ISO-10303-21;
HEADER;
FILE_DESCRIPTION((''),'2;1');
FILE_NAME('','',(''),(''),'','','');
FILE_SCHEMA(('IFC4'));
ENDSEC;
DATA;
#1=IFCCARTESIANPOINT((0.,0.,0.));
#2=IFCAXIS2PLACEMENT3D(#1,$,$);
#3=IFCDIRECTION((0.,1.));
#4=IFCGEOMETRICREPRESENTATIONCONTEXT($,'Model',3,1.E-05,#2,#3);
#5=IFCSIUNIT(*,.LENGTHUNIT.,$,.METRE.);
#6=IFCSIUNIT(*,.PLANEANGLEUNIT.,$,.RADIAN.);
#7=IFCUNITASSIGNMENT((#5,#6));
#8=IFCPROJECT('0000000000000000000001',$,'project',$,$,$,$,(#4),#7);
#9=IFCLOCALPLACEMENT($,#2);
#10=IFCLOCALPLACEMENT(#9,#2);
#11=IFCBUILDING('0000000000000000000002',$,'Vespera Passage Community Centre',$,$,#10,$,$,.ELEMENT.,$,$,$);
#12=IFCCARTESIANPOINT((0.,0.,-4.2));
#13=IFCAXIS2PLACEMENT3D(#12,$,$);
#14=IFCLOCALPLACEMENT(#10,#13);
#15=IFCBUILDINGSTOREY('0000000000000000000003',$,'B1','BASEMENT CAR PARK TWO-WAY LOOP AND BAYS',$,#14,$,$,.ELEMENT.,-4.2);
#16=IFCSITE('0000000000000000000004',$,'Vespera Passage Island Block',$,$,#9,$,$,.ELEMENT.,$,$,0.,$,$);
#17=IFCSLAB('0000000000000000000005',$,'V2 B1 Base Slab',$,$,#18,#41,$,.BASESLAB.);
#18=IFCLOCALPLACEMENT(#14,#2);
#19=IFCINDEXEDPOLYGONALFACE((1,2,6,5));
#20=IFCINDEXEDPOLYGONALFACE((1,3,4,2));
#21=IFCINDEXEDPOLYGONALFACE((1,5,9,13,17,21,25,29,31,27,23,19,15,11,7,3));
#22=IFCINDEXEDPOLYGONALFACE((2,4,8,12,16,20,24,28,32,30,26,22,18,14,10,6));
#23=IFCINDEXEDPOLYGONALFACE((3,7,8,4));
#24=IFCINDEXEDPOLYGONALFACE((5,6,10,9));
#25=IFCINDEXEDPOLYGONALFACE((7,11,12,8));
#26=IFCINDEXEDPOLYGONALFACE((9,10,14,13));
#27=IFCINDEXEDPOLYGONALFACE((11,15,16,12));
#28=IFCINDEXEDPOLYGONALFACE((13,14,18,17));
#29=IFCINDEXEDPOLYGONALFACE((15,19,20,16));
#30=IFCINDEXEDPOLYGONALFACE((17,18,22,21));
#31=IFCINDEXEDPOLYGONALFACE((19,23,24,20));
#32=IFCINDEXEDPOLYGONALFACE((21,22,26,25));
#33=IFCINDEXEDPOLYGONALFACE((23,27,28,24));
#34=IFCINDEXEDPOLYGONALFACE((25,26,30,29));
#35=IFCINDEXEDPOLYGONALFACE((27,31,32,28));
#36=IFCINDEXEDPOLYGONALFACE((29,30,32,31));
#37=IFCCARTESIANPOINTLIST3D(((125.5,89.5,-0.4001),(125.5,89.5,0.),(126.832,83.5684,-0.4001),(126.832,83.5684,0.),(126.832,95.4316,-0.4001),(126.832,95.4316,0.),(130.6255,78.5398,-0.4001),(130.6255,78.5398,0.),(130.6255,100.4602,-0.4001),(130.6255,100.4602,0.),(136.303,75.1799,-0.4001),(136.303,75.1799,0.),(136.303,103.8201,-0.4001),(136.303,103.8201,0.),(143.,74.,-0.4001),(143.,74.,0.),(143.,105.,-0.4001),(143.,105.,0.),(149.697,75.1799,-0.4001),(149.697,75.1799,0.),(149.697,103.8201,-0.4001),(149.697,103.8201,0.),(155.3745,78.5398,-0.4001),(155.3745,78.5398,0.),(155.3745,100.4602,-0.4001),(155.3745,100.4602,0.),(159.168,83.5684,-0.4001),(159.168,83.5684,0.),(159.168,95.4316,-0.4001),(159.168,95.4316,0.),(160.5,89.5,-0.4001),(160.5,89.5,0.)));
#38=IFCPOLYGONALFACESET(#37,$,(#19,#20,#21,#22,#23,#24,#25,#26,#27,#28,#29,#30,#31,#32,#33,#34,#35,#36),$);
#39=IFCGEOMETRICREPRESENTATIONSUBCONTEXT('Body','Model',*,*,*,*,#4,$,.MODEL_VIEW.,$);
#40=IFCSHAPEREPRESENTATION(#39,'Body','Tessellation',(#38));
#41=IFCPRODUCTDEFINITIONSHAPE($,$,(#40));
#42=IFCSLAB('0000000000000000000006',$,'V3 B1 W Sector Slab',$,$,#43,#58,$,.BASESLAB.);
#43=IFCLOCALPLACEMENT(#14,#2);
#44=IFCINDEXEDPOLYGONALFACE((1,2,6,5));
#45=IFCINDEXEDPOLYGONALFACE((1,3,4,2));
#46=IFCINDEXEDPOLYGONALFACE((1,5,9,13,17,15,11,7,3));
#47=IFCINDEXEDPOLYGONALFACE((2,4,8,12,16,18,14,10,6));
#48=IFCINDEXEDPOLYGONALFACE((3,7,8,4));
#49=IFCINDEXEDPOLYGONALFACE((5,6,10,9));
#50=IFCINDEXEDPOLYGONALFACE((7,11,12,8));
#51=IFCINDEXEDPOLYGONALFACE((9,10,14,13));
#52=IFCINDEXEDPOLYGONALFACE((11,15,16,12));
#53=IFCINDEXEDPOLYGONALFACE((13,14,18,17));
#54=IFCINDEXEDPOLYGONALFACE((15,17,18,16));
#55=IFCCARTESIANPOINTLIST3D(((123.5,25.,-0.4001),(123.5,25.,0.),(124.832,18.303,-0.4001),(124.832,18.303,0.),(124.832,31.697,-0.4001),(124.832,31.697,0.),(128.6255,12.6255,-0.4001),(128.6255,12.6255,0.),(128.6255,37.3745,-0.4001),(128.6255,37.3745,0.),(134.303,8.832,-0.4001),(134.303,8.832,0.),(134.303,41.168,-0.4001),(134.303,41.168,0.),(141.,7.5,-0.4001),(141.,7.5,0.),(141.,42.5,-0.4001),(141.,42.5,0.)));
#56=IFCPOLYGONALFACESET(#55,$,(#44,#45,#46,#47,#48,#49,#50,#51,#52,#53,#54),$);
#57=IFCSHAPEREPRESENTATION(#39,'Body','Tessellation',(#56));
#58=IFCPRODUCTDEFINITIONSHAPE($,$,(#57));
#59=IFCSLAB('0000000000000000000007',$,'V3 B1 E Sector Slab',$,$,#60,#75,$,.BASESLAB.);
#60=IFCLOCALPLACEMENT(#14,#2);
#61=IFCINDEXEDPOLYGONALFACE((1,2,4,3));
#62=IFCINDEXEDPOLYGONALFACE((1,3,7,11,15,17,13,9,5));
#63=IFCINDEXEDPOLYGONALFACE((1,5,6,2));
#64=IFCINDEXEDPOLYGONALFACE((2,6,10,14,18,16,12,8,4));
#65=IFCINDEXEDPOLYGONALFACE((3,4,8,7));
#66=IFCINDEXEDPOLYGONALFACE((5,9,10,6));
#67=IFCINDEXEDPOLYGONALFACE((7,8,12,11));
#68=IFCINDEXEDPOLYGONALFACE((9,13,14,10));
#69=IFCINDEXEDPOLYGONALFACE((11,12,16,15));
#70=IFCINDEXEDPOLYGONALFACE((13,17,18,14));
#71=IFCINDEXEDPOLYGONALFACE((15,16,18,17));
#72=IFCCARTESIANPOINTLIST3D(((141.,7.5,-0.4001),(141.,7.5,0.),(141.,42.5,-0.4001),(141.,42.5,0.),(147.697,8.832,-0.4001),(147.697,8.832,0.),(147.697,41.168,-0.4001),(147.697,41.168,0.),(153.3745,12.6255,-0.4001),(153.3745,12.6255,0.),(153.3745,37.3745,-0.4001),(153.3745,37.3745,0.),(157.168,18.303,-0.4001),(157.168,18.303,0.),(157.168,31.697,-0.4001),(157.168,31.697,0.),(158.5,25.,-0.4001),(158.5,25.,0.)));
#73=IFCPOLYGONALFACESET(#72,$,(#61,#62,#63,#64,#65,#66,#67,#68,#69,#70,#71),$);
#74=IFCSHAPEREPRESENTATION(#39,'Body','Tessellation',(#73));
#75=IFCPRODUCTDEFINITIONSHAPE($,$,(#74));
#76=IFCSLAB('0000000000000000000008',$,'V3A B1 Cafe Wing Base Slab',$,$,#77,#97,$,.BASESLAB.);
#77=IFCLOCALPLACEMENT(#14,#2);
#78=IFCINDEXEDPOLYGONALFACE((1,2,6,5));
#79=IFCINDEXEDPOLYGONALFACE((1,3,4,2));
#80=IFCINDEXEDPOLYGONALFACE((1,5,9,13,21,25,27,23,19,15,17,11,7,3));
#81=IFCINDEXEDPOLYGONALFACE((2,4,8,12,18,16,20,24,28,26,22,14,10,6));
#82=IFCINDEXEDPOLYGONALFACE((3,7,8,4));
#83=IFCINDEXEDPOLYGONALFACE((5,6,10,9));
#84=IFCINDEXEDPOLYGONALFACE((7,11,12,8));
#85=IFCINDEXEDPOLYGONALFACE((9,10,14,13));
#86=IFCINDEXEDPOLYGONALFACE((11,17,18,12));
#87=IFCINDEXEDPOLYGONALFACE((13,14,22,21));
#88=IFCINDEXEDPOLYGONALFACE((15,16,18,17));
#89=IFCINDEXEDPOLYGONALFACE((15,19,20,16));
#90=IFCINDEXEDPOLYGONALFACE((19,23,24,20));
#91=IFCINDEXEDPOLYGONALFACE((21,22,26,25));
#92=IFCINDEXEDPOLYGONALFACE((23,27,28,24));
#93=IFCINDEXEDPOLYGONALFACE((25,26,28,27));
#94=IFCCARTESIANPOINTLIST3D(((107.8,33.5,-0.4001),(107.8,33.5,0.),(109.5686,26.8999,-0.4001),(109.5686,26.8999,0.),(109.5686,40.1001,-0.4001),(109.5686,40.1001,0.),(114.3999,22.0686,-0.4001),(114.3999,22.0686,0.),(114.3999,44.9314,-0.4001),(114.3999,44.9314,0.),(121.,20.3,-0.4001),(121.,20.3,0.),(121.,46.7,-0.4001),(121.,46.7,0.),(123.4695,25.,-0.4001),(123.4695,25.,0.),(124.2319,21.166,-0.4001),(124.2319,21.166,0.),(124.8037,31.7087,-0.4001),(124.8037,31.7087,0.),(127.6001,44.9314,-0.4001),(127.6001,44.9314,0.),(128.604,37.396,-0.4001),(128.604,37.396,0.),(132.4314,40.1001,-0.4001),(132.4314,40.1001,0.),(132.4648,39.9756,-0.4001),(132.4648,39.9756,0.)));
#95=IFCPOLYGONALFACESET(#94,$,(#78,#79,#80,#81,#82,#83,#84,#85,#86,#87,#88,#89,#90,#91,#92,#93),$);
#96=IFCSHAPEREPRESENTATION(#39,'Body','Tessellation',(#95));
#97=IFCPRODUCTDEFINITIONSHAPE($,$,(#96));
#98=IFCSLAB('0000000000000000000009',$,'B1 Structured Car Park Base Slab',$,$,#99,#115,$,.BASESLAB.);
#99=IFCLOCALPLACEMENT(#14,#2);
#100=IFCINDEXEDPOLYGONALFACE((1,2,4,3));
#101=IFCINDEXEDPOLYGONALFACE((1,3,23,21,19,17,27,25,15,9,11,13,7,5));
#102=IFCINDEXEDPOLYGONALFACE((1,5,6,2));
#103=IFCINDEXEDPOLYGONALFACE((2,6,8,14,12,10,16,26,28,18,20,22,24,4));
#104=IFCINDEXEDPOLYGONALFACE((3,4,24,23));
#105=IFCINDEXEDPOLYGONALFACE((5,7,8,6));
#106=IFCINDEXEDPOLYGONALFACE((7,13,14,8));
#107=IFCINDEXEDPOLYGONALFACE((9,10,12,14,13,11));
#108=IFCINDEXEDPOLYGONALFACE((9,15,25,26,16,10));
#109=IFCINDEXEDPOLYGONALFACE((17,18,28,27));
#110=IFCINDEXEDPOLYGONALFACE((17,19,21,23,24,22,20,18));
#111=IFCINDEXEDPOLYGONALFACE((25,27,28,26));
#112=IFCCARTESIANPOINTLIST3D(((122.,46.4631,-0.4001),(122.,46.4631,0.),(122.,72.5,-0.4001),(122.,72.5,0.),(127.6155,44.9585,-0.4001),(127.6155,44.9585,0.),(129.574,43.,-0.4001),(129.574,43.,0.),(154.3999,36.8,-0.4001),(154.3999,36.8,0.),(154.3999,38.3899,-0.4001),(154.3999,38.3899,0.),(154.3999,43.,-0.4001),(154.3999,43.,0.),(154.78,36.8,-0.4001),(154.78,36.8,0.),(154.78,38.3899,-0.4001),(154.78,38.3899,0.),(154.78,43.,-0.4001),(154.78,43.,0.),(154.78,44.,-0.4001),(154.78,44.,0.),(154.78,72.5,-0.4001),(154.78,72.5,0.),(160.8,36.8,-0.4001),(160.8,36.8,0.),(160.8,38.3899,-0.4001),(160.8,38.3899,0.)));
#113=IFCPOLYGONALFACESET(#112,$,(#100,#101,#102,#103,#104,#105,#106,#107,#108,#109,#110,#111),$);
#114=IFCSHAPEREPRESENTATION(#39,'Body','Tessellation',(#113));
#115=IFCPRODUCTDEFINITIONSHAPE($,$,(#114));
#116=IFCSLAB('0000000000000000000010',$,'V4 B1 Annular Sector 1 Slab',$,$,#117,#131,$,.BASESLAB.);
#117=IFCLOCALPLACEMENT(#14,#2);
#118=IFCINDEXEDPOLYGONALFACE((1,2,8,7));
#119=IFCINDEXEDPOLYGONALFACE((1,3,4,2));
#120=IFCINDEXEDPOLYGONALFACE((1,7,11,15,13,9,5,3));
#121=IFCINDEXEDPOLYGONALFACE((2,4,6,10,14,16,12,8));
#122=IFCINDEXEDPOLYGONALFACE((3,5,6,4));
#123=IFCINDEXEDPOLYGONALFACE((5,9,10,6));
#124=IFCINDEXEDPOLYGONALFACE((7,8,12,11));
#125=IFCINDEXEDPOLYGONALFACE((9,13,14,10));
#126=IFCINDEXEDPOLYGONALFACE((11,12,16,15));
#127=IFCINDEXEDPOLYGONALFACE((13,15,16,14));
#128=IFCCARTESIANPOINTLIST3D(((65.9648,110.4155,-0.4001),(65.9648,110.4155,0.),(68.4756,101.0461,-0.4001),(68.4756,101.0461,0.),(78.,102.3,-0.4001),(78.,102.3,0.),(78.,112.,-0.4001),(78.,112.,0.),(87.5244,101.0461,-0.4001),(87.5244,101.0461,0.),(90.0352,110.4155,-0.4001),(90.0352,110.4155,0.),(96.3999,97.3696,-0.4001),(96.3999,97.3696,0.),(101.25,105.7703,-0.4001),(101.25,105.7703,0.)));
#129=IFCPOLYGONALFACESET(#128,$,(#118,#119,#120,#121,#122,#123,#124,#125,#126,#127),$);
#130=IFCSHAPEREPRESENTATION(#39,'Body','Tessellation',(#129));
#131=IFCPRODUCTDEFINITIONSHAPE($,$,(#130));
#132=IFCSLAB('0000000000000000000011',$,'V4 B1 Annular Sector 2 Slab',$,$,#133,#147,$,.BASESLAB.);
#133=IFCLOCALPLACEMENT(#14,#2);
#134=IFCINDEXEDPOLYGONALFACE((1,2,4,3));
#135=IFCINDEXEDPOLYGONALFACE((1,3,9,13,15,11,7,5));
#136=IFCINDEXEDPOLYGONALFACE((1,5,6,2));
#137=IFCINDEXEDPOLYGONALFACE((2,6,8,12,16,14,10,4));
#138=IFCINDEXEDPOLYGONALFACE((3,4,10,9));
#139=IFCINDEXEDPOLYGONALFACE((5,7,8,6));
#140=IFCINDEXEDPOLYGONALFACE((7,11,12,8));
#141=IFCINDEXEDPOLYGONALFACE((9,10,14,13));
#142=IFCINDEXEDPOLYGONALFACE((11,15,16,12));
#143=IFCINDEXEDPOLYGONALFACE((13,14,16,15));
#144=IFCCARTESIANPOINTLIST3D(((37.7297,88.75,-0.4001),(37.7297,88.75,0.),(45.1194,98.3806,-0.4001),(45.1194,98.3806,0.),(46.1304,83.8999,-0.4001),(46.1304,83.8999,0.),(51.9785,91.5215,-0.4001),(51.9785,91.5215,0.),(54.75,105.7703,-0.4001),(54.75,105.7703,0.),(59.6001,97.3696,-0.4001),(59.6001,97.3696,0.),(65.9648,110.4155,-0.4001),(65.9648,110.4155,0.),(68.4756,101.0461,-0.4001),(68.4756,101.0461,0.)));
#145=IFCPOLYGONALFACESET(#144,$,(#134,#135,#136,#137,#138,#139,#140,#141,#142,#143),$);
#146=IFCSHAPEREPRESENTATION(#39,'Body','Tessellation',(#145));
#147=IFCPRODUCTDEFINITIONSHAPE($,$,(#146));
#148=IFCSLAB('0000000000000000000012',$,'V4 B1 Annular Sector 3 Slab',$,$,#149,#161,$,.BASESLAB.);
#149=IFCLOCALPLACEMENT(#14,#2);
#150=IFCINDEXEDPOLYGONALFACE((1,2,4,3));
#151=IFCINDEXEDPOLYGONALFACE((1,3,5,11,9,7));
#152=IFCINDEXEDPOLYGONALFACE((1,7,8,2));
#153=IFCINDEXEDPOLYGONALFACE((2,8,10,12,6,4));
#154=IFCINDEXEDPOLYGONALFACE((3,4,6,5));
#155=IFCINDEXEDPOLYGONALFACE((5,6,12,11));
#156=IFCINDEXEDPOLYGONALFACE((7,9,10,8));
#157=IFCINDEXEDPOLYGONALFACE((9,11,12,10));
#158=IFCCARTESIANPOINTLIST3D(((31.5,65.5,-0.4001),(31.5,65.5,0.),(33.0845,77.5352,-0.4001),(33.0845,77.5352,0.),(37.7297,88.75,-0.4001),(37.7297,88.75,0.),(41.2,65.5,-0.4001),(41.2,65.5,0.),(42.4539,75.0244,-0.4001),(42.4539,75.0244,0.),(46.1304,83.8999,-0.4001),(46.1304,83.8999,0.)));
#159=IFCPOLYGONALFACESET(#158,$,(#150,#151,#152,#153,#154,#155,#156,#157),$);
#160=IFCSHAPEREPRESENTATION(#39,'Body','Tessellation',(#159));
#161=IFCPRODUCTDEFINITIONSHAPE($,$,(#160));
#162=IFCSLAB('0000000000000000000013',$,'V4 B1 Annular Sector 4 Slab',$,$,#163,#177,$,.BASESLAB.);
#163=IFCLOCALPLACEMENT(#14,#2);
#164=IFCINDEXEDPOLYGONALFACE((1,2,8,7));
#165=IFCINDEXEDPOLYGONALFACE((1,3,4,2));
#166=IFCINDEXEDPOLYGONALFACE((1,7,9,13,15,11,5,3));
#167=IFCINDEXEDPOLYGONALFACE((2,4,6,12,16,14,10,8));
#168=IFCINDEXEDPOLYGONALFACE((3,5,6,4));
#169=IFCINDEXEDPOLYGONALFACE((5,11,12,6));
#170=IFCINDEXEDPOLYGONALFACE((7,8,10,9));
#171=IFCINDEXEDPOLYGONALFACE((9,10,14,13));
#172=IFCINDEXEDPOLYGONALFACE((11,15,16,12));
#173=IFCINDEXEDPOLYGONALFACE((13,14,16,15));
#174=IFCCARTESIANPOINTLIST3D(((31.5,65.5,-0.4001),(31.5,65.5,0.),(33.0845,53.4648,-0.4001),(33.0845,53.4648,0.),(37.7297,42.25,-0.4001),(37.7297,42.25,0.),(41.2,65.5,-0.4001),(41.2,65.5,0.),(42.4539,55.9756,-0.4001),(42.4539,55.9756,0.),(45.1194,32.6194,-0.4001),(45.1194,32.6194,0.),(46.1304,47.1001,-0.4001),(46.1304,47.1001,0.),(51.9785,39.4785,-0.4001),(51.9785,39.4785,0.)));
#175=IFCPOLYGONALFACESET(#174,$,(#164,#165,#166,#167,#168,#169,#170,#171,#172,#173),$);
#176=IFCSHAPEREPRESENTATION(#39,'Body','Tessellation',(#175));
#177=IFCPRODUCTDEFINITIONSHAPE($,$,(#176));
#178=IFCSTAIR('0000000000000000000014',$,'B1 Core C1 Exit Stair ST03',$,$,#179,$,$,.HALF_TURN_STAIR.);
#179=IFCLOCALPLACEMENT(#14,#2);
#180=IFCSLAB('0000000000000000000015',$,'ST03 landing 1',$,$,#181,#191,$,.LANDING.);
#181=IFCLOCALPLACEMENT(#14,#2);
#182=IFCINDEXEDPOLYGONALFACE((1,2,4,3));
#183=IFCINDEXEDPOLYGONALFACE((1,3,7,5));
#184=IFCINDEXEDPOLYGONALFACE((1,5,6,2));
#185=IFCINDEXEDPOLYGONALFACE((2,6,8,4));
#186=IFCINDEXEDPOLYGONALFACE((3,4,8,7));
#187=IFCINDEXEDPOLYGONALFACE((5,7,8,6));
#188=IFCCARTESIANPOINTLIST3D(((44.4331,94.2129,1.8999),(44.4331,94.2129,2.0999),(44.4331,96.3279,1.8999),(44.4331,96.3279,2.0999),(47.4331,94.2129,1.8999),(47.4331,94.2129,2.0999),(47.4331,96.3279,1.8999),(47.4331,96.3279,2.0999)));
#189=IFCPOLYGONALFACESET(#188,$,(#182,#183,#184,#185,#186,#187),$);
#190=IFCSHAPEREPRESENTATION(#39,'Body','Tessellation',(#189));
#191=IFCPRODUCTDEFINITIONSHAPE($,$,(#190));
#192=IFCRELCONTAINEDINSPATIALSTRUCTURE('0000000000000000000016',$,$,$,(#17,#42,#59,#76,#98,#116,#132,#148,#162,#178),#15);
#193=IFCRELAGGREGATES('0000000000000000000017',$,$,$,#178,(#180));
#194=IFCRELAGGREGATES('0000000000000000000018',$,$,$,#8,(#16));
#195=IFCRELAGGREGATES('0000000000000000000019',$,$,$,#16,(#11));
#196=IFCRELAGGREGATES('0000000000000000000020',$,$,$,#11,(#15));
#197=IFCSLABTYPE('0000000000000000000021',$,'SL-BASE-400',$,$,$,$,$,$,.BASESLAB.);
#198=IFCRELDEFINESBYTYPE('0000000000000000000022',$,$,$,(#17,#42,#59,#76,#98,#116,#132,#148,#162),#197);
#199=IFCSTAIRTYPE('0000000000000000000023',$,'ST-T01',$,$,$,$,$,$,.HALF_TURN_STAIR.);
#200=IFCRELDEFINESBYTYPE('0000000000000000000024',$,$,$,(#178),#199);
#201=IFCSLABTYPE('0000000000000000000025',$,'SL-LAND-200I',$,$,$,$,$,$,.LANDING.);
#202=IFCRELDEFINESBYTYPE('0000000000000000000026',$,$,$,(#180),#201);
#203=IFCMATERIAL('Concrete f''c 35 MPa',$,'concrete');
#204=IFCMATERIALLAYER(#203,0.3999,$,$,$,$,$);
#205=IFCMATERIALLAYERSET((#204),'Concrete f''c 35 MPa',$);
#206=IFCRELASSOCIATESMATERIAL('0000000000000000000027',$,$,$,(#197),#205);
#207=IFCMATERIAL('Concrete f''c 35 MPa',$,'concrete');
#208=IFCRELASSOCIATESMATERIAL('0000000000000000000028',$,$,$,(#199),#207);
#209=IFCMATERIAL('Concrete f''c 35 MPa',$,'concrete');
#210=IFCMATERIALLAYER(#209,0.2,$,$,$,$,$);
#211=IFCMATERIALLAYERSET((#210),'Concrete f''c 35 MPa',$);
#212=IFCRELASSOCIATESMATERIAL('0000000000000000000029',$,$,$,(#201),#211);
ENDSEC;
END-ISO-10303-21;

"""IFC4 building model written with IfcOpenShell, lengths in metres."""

from ifc_helpers import new_model, si_unit, direction, frame, origin, place, context, subcontext, project, spatial, polyline, outline, extrude, material, layer, layer_set, type_object, element, aggregate, save


model = new_model("IFC4")

# Units and contexts
model_context = context("Model", 3, precision=1e-05, world=origin(), true_north=direction((0.0, 1.0)))
body_context = subcontext(model_context, "Body", "Model", "MODEL_VIEW")
ifc_project = project(units=[si_unit("LENGTHUNIT", "METRE"), si_unit("PLANEANGLEUNIT", "RADIAN")], contexts=[model_context])

# Site, building, storey
site_placement = place(None, origin())
site = spatial("IfcSite", under=ifc_project, at=site_placement, Name="Vespera Passage Island Block", CompositionType="ELEMENT", RefElevation=0.0)
building_placement = place(site_placement, origin())
building = spatial("IfcBuilding", under=site, at=building_placement, Name="Vespera Passage Community Centre", CompositionType="ELEMENT")
storey_placement = place(building_placement, frame((0.0, 0.0, -4.2)))
storey = spatial("IfcBuildingStorey", under=building, at=storey_placement, Name="B1", Description="BASEMENT CAR PARK TWO-WAY LOOP AND BAYS", CompositionType="ELEMENT", Elevation=-4.2)

# Slabs
ifc_material_1 = material(Name="Concrete f'c 35 MPa", Category="concrete")
ifc_layer_1 = layer(ifc_material_1, 0.3999)
ifc_layer_set_1 = layer_set([ifc_layer_1], Name="Concrete f'c 35 MPa")
slab_type_1 = type_object("IfcSlabType", Name="SL-BASE-400", PredefinedType="BASESLAB", material=ifc_layer_set_1)
slab_1_placement = place(storey_placement, frame((0.0, 0.0, -0.4001)))
element("IfcSlab", 1, at=slab_1_placement, inside=storey, type_object=slab_type_1, Name="V2 B1 Base Slab", PredefinedType="BASESLAB", context=body_context, shape_type="SweptSolid", body=[
    extrude(outline(polyline([(160.5, 89.5), (159.168, 95.4316), (155.3745, 100.4602), (149.697, 103.8201), (143.0, 105.0), (136.303, 103.8201), (130.6255, 100.4602), (126.832, 95.4316), (125.5, 89.5), (126.832, 83.5684), (130.6255, 78.5398), (136.303, 75.1799), (143.0, 74.0), (149.697, 75.1799), (155.3745, 78.5398), (159.168, 83.5684), (160.5, 89.5)])), origin(), (0.0, 0.0, 1.0), 0.4001),
])
slab_2_placement = place(storey_placement, frame((0.0, 0.0, -0.4001)))
element("IfcSlab", 2, at=slab_2_placement, inside=storey, type_object=slab_type_1, Name="V3 B1 W Sector Slab", PredefinedType="BASESLAB", context=body_context, shape_type="SweptSolid", body=[
    extrude(outline(polyline([(134.303, 8.832), (128.6255, 12.6255), (124.832, 18.303), (123.5, 25.0), (124.832, 31.697), (128.6255, 37.3745), (134.303, 41.168), (141.0, 42.5), (141.0, 7.5), (134.303, 8.832)])), origin(), (0.0, 0.0, 1.0), 0.4001),
])
slab_3_placement = place(storey_placement, frame((0.0, 0.0, -0.4001)))
element("IfcSlab", 3, at=slab_3_placement, inside=storey, type_object=slab_type_1, Name="V3 B1 E Sector Slab", PredefinedType="BASESLAB", context=body_context, shape_type="SweptSolid", body=[
    extrude(outline(polyline([(147.697, 41.168), (153.3745, 37.3745), (157.168, 31.697), (158.5, 25.0), (157.168, 18.303), (153.3745, 12.6255), (147.697, 8.832), (141.0, 7.5), (141.0, 42.5), (147.697, 41.168)])), origin(), (0.0, 0.0, 1.0), 0.4001),
])
slab_4_placement = place(storey_placement, frame((0.0, 0.0, -0.4001)))
element("IfcSlab", 4, at=slab_4_placement, inside=storey, type_object=slab_type_1, Name="V3A B1 Cafe Wing Base Slab", PredefinedType="BASESLAB", context=body_context, shape_type="SweptSolid", body=[
    extrude(outline(polyline([(121.0, 20.3), (114.3999, 22.0686), (109.5686, 26.8999), (107.8, 33.5), (109.5686, 40.1001), (114.3999, 44.9314), (121.0, 46.7), (127.6001, 44.9314), (132.4314, 40.1001), (132.4648, 39.9756), (128.604, 37.396), (124.8037, 31.7087), (123.4695, 25.0), (124.2319, 21.166), (121.0, 20.3)])), origin(), (0.0, 0.0, 1.0), 0.4001),
])
slab_5_placement = place(storey_placement, frame((0.0, 0.0, -0.4001)))
element("IfcSlab", 5, at=slab_5_placement, inside=storey, type_object=slab_type_1, Name="B1 Structured Car Park Base Slab", PredefinedType="BASESLAB", context=body_context, shape_type="SweptSolid", body=[
    extrude(outline(polyline([(154.3999, 36.8), (154.3999, 38.3899), (154.3999, 43.0), (129.574, 43.0), (127.6155, 44.9585), (122.0, 46.4631), (122.0, 72.5), (154.78, 72.5), (154.78, 44.0), (154.78, 43.0), (154.78, 38.3899), (160.8, 38.3899), (160.8, 36.8), (154.78, 36.8), (154.3999, 36.8)])), origin(), (0.0, 0.0, 1.0), 0.4001),
])
slab_6_placement = place(storey_placement, frame((0.0, 0.0, -0.4001)))
element("IfcSlab", 6, at=slab_6_placement, inside=storey, type_object=slab_type_1, Name="V4 B1 Annular Sector 1 Slab", PredefinedType="BASESLAB", context=body_context, shape_type="SweptSolid", body=[
    extrude(outline(polyline([(101.25, 105.7703), (90.0352, 110.4155), (78.0, 112.0), (65.9648, 110.4155), (68.4756, 101.0461), (78.0, 102.3), (87.5244, 101.0461), (96.3999, 97.3696), (101.25, 105.7703)])), origin(), (0.0, 0.0, 1.0), 0.4001),
])
slab_7_placement = place(storey_placement, frame((0.0, 0.0, -0.4001)))
element("IfcSlab", 7, at=slab_7_placement, inside=storey, type_object=slab_type_1, Name="V4 B1 Annular Sector 2 Slab", PredefinedType="BASESLAB", context=body_context, shape_type="SweptSolid", body=[
    extrude(outline(polyline([(65.9648, 110.4155), (54.75, 105.7703), (45.1194, 98.3806), (37.7297, 88.75), (46.1304, 83.8999), (51.9785, 91.5215), (59.6001, 97.3696), (68.4756, 101.0461), (65.9648, 110.4155)])), origin(), (0.0, 0.0, 1.0), 0.4001),
])
slab_8_placement = place(storey_placement, frame((0.0, 0.0, -0.4001)))
element("IfcSlab", 8, at=slab_8_placement, inside=storey, type_object=slab_type_1, Name="V4 B1 Annular Sector 3 Slab", PredefinedType="BASESLAB", context=body_context, shape_type="SweptSolid", body=[
    extrude(outline(polyline([(37.7297, 88.75), (33.0845, 77.5352), (31.5, 65.5), (41.2, 65.5), (42.4539, 75.0244), (46.1304, 83.8999), (37.7297, 88.75)])), origin(), (0.0, 0.0, 1.0), 0.4001),
])
slab_9_placement = place(storey_placement, frame((0.0, 0.0, -0.4001)))
element("IfcSlab", 9, at=slab_9_placement, inside=storey, type_object=slab_type_1, Name="V4 B1 Annular Sector 4 Slab", PredefinedType="BASESLAB", context=body_context, shape_type="SweptSolid", body=[
    extrude(outline(polyline([(31.5, 65.5), (33.0845, 53.4648), (37.7297, 42.25), (45.1194, 32.6194), (51.9785, 39.4785), (46.1304, 47.1001), (42.4539, 55.9756), (41.2, 65.5), (31.5, 65.5)])), origin(), (0.0, 0.0, 1.0), 0.4001),
])

# Stair, slab
ifc_material_2 = material(Name="Concrete f'c 35 MPa", Category="concrete")
stair_type_1 = type_object("IfcStairType", Name="ST-T01", PredefinedType="HALF_TURN_STAIR", material=ifc_material_2)
stair_1_placement = place(storey_placement, origin())
stair_1 = element("IfcStair", 10, at=stair_1_placement, inside=storey, type_object=stair_type_1, Name="B1 Core C1 Exit Stair ST03", PredefinedType="HALF_TURN_STAIR")
ifc_material_3 = material(Name="Concrete f'c 35 MPa", Category="concrete")
ifc_layer_2 = layer(ifc_material_3, 0.2)
ifc_layer_set_2 = layer_set([ifc_layer_2], Name="Concrete f'c 35 MPa")
slab_type_2 = type_object("IfcSlabType", Name="SL-LAND-200I", PredefinedType="LANDING", material=ifc_layer_set_2)
slab_10_placement = place(storey_placement, frame((0.0, 0.0, 1.8999)))
slab_10 = element("IfcSlab", 11, at=slab_10_placement, type_object=slab_type_2, Name="ST03 landing 1", PredefinedType="LANDING", context=body_context, shape_type="SweptSolid", body=[
    extrude(outline(polyline([(47.4331, 94.2129), (47.4331, 96.3279), (44.4331, 96.3279), (44.4331, 94.2129), (47.4331, 94.2129)])), origin(), (0.0, 0.0, 1.0), 0.2),
])
aggregate(stair_1, [slab_10])

save(model, "model.ifc")
